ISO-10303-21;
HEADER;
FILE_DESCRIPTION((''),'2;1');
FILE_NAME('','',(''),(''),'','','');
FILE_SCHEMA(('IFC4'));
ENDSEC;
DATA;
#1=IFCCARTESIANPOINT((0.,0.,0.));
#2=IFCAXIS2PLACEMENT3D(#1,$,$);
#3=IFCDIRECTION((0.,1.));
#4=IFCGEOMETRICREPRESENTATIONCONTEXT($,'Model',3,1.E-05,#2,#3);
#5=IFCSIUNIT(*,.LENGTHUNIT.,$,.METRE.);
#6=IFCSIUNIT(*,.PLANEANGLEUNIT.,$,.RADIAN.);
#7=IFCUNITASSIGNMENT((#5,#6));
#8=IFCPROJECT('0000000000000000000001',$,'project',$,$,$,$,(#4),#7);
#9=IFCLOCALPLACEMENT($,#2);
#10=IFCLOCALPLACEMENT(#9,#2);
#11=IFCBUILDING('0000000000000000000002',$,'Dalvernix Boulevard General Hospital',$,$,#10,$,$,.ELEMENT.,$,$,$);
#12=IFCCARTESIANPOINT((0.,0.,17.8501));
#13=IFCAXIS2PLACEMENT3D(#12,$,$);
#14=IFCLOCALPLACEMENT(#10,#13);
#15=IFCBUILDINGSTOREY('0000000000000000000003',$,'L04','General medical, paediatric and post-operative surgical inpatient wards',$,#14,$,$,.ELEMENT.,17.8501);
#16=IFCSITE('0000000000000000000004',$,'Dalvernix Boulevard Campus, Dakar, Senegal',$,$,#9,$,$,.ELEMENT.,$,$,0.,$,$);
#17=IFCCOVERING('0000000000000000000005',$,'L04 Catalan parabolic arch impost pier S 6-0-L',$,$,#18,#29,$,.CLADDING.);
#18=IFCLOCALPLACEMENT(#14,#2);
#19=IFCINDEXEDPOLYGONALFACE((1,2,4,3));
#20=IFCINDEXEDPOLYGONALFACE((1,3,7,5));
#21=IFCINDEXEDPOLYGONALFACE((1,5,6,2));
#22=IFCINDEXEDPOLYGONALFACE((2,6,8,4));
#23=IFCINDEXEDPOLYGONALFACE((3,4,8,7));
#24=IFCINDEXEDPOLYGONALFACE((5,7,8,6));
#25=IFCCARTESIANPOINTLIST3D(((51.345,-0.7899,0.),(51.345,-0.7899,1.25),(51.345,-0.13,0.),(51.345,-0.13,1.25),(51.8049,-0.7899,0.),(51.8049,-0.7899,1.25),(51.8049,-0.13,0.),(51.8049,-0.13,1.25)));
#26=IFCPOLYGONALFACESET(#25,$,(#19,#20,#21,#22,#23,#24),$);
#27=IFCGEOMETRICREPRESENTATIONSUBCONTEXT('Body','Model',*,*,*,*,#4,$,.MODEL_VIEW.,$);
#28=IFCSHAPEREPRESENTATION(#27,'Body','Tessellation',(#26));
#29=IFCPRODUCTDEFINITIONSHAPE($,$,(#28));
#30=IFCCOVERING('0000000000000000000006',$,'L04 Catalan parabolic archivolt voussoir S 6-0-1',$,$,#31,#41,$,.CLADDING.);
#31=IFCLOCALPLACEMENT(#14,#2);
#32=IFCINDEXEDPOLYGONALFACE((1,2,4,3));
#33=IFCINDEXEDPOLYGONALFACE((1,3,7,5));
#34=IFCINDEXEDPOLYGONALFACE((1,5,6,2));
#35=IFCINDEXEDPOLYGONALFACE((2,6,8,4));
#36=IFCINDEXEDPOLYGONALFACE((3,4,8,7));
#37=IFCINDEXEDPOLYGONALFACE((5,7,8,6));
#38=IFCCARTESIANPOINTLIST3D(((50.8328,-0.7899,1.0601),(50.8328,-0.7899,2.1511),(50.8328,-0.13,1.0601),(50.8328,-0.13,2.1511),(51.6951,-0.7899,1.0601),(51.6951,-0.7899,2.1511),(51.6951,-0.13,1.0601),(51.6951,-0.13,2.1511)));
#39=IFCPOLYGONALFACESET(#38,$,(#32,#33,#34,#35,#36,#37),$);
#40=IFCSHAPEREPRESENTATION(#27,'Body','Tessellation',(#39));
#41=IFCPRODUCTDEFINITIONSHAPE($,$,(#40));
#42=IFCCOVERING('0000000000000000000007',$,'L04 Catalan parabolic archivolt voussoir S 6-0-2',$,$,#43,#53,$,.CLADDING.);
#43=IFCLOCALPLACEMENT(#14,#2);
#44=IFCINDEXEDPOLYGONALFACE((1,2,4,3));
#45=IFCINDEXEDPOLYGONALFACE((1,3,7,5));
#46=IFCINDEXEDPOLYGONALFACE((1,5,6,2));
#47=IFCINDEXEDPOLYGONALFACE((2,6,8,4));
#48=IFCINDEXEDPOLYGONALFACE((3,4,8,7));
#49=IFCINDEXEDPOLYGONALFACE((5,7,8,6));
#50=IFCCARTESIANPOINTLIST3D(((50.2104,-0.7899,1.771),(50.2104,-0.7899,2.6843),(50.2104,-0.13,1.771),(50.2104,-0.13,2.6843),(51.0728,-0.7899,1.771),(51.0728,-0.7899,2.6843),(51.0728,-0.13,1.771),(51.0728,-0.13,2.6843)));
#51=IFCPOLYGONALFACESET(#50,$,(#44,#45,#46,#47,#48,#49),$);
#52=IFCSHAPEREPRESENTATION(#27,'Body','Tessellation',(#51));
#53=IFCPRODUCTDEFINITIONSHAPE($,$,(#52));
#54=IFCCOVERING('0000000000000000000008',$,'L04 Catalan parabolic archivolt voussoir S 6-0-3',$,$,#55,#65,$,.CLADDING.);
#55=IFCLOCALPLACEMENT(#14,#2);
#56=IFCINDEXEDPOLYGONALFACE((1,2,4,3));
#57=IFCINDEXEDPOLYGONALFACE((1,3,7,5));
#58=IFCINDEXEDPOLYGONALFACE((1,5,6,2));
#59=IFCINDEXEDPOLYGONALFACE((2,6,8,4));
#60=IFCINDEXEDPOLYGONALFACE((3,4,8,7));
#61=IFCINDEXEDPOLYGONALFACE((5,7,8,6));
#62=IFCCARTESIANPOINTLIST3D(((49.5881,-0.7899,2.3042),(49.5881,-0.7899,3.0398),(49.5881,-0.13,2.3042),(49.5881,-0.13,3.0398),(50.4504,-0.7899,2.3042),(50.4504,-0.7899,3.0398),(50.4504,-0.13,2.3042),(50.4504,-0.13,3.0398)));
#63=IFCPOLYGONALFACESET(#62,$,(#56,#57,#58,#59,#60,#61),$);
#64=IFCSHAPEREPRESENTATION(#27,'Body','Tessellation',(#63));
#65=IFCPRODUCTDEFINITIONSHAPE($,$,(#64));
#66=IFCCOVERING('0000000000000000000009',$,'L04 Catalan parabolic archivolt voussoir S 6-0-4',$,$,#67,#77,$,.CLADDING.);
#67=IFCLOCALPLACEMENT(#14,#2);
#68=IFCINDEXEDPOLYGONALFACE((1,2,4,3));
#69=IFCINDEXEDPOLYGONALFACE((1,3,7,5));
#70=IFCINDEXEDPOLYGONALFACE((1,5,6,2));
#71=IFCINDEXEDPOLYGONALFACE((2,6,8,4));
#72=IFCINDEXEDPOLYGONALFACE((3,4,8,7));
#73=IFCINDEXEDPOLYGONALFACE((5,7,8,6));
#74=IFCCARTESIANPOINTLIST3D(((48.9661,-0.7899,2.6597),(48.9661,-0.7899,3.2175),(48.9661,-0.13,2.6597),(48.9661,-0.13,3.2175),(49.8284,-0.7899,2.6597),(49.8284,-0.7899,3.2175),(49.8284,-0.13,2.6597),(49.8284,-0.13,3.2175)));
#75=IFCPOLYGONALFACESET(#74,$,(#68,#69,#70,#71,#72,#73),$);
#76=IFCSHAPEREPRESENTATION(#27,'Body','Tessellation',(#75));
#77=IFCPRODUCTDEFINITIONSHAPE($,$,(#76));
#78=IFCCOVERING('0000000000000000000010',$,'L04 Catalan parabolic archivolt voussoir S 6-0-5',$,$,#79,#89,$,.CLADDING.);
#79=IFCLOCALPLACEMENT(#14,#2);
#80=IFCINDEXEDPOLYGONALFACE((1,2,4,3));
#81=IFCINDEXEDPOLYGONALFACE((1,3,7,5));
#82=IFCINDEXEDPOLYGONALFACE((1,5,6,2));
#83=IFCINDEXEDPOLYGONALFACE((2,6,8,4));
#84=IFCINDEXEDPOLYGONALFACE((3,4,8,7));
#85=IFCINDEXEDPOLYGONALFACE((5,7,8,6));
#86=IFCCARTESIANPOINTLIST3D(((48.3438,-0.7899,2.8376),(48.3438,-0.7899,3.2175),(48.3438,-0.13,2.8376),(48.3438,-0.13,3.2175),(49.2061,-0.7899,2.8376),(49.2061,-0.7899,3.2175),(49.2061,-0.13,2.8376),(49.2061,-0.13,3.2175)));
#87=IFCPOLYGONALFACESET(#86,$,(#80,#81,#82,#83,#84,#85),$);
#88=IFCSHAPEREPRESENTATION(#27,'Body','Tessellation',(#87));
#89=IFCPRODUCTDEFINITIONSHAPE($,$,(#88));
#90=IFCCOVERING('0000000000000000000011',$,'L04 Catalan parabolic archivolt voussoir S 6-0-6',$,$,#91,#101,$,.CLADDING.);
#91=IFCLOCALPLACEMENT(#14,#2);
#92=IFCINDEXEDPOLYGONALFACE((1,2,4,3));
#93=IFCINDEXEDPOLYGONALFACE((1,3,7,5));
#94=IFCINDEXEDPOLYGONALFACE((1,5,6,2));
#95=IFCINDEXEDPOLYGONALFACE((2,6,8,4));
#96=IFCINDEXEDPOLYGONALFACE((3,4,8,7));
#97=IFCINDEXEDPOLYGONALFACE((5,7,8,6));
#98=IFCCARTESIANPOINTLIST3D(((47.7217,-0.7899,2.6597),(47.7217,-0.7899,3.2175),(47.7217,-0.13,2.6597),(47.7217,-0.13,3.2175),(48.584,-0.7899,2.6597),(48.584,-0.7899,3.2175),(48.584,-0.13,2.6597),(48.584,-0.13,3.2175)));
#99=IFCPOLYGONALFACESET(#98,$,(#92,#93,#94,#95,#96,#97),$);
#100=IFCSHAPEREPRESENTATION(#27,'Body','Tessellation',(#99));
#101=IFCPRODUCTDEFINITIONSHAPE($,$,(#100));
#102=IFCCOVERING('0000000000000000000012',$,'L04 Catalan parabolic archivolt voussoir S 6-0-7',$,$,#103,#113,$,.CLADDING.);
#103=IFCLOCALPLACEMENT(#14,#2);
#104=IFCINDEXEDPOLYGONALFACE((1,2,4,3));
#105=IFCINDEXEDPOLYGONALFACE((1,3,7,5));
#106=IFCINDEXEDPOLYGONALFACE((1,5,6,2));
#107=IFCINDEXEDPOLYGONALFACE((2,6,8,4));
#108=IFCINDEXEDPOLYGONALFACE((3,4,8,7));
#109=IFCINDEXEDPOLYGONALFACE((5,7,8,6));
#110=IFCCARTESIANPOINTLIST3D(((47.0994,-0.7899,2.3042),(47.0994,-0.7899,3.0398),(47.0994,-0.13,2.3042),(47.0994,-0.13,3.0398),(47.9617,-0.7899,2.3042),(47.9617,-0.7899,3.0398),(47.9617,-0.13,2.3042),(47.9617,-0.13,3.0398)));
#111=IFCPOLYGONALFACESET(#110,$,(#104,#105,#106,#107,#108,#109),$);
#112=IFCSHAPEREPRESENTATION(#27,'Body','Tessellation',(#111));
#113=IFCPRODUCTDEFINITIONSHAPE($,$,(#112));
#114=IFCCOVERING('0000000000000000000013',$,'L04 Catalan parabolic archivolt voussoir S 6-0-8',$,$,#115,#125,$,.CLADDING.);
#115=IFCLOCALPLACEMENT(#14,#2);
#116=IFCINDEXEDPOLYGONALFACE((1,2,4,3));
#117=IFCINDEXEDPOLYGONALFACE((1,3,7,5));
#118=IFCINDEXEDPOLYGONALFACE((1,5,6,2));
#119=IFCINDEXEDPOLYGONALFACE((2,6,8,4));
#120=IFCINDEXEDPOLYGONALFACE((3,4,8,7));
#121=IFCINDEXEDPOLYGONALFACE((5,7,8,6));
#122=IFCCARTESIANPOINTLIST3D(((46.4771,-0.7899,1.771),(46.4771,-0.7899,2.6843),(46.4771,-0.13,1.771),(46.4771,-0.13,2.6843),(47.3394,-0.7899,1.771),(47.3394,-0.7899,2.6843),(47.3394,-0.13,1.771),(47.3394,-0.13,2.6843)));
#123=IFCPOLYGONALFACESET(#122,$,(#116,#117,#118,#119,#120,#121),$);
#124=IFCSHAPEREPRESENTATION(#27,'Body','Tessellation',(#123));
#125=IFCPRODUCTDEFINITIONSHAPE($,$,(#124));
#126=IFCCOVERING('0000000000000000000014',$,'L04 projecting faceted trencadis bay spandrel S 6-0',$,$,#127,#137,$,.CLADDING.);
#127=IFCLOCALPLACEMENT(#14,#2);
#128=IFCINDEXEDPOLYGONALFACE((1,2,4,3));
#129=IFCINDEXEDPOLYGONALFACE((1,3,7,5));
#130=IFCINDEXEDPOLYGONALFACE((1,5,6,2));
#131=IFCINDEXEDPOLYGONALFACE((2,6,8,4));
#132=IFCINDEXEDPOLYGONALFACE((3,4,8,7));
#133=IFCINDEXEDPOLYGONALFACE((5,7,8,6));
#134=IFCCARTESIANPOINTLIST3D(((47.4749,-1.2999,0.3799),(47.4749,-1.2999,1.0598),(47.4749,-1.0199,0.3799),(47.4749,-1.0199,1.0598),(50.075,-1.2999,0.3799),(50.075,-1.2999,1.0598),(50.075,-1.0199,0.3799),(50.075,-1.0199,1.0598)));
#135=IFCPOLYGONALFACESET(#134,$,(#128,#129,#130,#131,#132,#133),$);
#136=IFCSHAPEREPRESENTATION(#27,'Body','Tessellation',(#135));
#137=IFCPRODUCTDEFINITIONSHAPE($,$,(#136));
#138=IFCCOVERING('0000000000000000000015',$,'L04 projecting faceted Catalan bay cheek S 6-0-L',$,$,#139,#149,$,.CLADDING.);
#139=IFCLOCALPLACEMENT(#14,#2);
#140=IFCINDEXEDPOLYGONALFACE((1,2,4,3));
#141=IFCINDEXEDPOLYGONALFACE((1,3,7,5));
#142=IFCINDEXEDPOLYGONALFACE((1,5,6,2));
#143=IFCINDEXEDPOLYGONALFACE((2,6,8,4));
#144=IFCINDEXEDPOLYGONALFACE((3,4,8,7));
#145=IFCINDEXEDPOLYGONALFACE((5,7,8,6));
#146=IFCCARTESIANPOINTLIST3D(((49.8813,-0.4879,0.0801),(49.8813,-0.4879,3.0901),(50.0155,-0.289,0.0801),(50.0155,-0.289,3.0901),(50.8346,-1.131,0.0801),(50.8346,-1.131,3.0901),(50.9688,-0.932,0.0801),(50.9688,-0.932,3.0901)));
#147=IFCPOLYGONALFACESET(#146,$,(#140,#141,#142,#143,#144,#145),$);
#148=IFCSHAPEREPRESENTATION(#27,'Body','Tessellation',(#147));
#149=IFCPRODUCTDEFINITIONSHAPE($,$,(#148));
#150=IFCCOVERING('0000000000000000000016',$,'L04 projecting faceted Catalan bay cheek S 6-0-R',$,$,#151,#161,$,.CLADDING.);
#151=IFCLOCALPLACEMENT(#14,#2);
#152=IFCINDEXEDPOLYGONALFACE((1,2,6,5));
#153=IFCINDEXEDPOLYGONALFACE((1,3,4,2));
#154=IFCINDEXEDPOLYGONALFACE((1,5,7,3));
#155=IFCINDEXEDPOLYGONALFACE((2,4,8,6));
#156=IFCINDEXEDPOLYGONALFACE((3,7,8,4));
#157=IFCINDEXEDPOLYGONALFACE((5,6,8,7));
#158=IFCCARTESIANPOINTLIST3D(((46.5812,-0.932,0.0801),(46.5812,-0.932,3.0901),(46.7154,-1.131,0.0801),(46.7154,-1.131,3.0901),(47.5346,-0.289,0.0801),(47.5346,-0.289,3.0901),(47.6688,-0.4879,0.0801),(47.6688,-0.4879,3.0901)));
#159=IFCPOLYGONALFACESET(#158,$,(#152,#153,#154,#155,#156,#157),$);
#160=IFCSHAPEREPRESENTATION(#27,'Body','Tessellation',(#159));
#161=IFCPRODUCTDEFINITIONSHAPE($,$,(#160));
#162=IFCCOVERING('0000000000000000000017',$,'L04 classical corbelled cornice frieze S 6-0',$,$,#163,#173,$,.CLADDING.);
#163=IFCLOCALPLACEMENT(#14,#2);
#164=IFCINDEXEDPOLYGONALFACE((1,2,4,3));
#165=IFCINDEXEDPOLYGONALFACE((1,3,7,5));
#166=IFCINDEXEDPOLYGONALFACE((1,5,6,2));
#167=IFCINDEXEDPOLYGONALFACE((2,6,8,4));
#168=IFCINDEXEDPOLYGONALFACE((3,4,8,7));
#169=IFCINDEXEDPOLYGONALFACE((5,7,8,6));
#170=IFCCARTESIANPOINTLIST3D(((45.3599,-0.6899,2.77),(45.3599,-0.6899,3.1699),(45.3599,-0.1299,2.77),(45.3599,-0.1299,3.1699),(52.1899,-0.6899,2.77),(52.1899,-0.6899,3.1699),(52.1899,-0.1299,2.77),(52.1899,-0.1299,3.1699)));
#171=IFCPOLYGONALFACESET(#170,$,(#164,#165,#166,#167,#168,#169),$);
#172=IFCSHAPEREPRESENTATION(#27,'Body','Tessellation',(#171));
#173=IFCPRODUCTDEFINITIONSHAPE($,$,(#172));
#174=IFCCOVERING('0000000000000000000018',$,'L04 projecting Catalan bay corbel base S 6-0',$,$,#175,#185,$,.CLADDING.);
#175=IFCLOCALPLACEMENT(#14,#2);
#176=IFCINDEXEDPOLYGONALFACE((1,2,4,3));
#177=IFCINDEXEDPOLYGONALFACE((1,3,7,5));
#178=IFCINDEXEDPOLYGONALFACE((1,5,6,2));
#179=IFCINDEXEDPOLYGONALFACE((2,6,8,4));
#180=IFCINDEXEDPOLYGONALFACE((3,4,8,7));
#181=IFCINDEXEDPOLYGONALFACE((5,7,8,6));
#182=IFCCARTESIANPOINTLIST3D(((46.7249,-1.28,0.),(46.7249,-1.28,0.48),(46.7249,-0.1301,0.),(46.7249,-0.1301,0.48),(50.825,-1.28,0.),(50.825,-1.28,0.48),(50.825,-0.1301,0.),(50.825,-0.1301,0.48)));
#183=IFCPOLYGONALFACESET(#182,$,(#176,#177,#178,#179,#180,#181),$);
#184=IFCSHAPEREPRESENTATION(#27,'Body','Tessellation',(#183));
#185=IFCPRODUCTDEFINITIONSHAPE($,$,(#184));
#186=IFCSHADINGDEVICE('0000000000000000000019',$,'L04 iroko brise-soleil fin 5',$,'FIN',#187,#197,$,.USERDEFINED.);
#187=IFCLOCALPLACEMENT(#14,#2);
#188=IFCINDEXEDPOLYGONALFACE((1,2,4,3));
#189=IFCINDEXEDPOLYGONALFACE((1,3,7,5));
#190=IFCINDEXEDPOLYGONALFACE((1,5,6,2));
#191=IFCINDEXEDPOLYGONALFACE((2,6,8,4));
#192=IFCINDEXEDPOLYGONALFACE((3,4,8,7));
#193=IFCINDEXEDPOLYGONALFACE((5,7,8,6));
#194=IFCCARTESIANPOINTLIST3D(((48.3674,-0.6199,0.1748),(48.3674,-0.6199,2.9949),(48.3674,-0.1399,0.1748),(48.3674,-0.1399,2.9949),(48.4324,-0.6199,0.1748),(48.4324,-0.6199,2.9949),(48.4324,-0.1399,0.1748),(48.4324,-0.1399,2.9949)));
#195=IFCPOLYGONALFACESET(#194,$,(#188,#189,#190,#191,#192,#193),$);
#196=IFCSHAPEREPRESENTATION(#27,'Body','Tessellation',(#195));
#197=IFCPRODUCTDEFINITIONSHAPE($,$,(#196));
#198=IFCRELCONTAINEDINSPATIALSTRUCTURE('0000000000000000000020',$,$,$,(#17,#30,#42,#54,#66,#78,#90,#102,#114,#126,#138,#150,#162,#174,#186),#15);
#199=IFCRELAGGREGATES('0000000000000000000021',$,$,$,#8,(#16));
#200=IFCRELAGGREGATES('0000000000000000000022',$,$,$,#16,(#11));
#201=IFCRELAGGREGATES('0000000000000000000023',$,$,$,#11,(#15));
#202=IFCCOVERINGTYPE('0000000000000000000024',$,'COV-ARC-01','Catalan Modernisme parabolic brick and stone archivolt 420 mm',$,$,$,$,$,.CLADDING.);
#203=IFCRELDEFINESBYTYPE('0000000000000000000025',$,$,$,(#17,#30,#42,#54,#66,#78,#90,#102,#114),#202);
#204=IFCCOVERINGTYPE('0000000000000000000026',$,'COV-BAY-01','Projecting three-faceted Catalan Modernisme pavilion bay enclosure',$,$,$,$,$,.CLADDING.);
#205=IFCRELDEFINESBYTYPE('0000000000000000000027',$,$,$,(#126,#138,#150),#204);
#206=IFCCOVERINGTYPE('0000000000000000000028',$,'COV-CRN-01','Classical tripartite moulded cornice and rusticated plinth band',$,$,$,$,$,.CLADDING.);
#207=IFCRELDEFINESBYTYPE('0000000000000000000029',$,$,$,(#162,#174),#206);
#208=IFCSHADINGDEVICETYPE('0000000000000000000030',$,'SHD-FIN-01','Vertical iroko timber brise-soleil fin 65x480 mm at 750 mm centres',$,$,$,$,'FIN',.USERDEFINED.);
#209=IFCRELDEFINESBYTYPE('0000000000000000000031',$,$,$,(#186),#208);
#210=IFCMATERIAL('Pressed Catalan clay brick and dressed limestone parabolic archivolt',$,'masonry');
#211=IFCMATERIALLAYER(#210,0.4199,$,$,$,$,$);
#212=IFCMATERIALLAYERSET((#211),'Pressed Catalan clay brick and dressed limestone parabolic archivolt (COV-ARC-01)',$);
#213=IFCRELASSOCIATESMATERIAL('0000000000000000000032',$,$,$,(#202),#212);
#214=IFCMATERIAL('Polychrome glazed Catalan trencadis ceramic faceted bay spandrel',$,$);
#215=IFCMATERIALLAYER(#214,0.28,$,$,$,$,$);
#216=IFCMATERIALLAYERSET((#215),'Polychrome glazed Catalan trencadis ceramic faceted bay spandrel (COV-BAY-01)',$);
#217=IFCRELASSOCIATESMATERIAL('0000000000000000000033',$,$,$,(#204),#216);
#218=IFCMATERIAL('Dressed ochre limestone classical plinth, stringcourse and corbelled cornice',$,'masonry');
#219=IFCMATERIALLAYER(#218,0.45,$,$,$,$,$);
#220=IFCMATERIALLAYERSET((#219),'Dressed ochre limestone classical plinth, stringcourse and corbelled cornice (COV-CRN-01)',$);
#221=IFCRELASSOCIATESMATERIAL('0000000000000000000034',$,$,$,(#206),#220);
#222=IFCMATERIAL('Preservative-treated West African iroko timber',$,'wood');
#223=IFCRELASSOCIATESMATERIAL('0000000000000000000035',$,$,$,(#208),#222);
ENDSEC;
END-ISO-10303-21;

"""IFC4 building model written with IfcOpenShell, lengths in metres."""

from ifc_helpers import new_model, si_unit, direction, frame, origin, origin_2d, place, context, subcontext, project, spatial, rectangle, extrude, material, layer, layer_set, type_object, element, save


model = new_model("IFC4")

# Units and contexts
model_context = context("Model", 3, precision=1e-05, world=origin(), true_north=direction((0.0, 1.0)))
body_context = subcontext(model_context, "Body", "Model", "MODEL_VIEW")
ifc_project = project(units=[si_unit("LENGTHUNIT", "METRE"), si_unit("PLANEANGLEUNIT", "RADIAN")], contexts=[model_context])

# Site, building, storey
site_placement = place(None, origin())
site = spatial("IfcSite", under=ifc_project, at=site_placement, Name="Dalvernix Boulevard Campus, Dakar, Senegal", CompositionType="ELEMENT", RefElevation=0.0)
building_placement = place(site_placement, origin())
building = spatial("IfcBuilding", under=site, at=building_placement, Name="Dalvernix Boulevard General Hospital", CompositionType="ELEMENT")
storey_placement = place(building_placement, frame((0.0, 0.0, 17.8501)))
storey = spatial("IfcBuildingStorey", under=building, at=storey_placement, Name="L04", Description="General medical, paediatric and post-operative surgical inpatient wards", CompositionType="ELEMENT", Elevation=17.8501)

# Coverings
ifc_material_1 = material(Name="Pressed Catalan clay brick and dressed limestone parabolic archivolt", Category="masonry")
ifc_layer_1 = layer(ifc_material_1, 0.4199)
ifc_layer_set_1 = layer_set([ifc_layer_1], Name="Pressed Catalan clay brick and dressed limestone parabolic archivolt (COV-ARC-01)")
covering_type_1 = type_object("IfcCoveringType", Name="COV-ARC-01", Description="Catalan Modernisme parabolic brick and stone archivolt 420 mm", PredefinedType="CLADDING", material=ifc_layer_set_1)
covering_1_placement = place(storey_placement, frame((51.575, -0.46, 0.0), z_axis=(0.0, 0.0, 1.0), x_axis=(-1.0, 0.0, 0.0)))
element("IfcCovering", 1, at=covering_1_placement, inside=storey, type_object=covering_type_1, Name="L04 Catalan parabolic arch impost pier S 6-0-L", PredefinedType="CLADDING", context=body_context, shape_type="SweptSolid", body=[
    extrude(rectangle(XDim=0.46, YDim=0.6599, at=origin_2d()), origin(), (0.0, 0.0, 1.0), 1.25),
])
covering_2_placement = place(storey_placement, frame((51.2639, -0.46, 1.0601), z_axis=(0.0, 0.0, 1.0), x_axis=(-1.0, 0.0, 0.0)))
element("IfcCovering", 2, at=covering_2_placement, inside=storey, type_object=covering_type_1, Name="L04 Catalan parabolic archivolt voussoir S 6-0-1", PredefinedType="CLADDING", context=body_context, shape_type="SweptSolid", body=[
    extrude(rectangle(XDim=0.8623, YDim=0.6599, at=origin_2d()), origin(), (0.0, 0.0, 1.0), 1.0911),
])
covering_3_placement = place(storey_placement, frame((50.6416, -0.46, 1.771), z_axis=(0.0, 0.0, 1.0), x_axis=(-1.0, 0.0, 0.0)))
element("IfcCovering", 3, at=covering_3_placement, inside=storey, type_object=covering_type_1, Name="L04 Catalan parabolic archivolt voussoir S 6-0-2", PredefinedType="CLADDING", context=body_context, shape_type="SweptSolid", body=[
    extrude(rectangle(XDim=0.8623, YDim=0.6599, at=origin_2d()), origin(), (0.0, 0.0, 1.0), 0.9133),
])
covering_4_placement = place(storey_placement, frame((50.0193, -0.46, 2.3042), z_axis=(0.0, 0.0, 1.0), x_axis=(-1.0, 0.0, 0.0)))
element("IfcCovering", 4, at=covering_4_placement, inside=storey, type_object=covering_type_1, Name="L04 Catalan parabolic archivolt voussoir S 6-0-3", PredefinedType="CLADDING", context=body_context, shape_type="SweptSolid", body=[
    extrude(rectangle(XDim=0.8623, YDim=0.6599, at=origin_2d()), origin(), (0.0, 0.0, 1.0), 0.7356),
])
covering_5_placement = place(storey_placement, frame((49.3972, -0.46, 2.6597), z_axis=(0.0, 0.0, 1.0), x_axis=(-1.0, 0.0, 0.0)))
element("IfcCovering", 5, at=covering_5_placement, inside=storey, type_object=covering_type_1, Name="L04 Catalan parabolic archivolt voussoir S 6-0-4", PredefinedType="CLADDING", context=body_context, shape_type="SweptSolid", body=[
    extrude(rectangle(XDim=0.8623, YDim=0.6599, at=origin_2d()), origin(), (0.0, 0.0, 1.0), 0.5579),
])
covering_6_placement = place(storey_placement, frame((48.7749, -0.46, 2.8376), z_axis=(0.0, 0.0, 1.0), x_axis=(-1.0, 0.0, 0.0)))
element("IfcCovering", 6, at=covering_6_placement, inside=storey, type_object=covering_type_1, Name="L04 Catalan parabolic archivolt voussoir S 6-0-5", PredefinedType="CLADDING", context=body_context, shape_type="SweptSolid", body=[
    extrude(rectangle(XDim=0.8623, YDim=0.6599, at=origin_2d()), origin(), (0.0, 0.0, 1.0), 0.3799),
])
covering_7_placement = place(storey_placement, frame((48.1528, -0.46, 2.6597), z_axis=(0.0, 0.0, 1.0), x_axis=(-1.0, 0.0, 0.0)))
element("IfcCovering", 7, at=covering_7_placement, inside=storey, type_object=covering_type_1, Name="L04 Catalan parabolic archivolt voussoir S 6-0-6", PredefinedType="CLADDING", context=body_context, shape_type="SweptSolid", body=[
    extrude(rectangle(XDim=0.8623, YDim=0.6599, at=origin_2d()), origin(), (0.0, 0.0, 1.0), 0.5579),
])
covering_8_placement = place(storey_placement, frame((47.5305, -0.46, 2.3042), z_axis=(0.0, 0.0, 1.0), x_axis=(-1.0, 0.0, 0.0)))
element("IfcCovering", 8, at=covering_8_placement, inside=storey, type_object=covering_type_1, Name="L04 Catalan parabolic archivolt voussoir S 6-0-7", PredefinedType="CLADDING", context=body_context, shape_type="SweptSolid", body=[
    extrude(rectangle(XDim=0.8623, YDim=0.6599, at=origin_2d()), origin(), (0.0, 0.0, 1.0), 0.7356),
])
covering_9_placement = place(storey_placement, frame((46.9082, -0.46, 1.771), z_axis=(0.0, 0.0, 1.0), x_axis=(-1.0, 0.0, 0.0)))
element("IfcCovering", 9, at=covering_9_placement, inside=storey, type_object=covering_type_1, Name="L04 Catalan parabolic archivolt voussoir S 6-0-8", PredefinedType="CLADDING", context=body_context, shape_type="SweptSolid", body=[
    extrude(rectangle(XDim=0.8623, YDim=0.6599, at=origin_2d()), origin(), (0.0, 0.0, 1.0), 0.9133),
])
ifc_material_2 = material(Name="Polychrome glazed Catalan trencadis ceramic faceted bay spandrel")
ifc_layer_2 = layer(ifc_material_2, 0.28)
ifc_layer_set_2 = layer_set([ifc_layer_2], Name="Polychrome glazed Catalan trencadis ceramic faceted bay spandrel (COV-BAY-01)")
covering_type_2 = type_object("IfcCoveringType", Name="COV-BAY-01", Description="Projecting three-faceted Catalan Modernisme pavilion bay enclosure", PredefinedType="CLADDING", material=ifc_layer_set_2)
covering_10_placement = place(storey_placement, frame((48.7749, -1.1599, 0.3799), z_axis=(0.0, 0.0, 1.0), x_axis=(-1.0, 0.0, 0.0)))
element("IfcCovering", 10, at=covering_10_placement, inside=storey, type_object=covering_type_2, Name="L04 projecting faceted trencadis bay spandrel S 6-0", PredefinedType="CLADDING", context=body_context, shape_type="SweptSolid", body=[
    extrude(rectangle(XDim=2.6001, YDim=0.28, at=origin_2d()), origin(), (0.0, 0.0, 1.0), 0.6799),
])
for number, where, z_axis, x_axis, name in (
    (11, (50.425, -0.71, 0.0801), (0.0, 0.0, 1.0), (-0.829038, 0.559193, 0.0), "L04 projecting faceted Catalan bay cheek S 6-0-L"),
    (12, (47.125, -0.71, 0.0801), (0.0, 0.0, 1.0), (-0.829038, -0.559193, 0.0), "L04 projecting faceted Catalan bay cheek S 6-0-R"),
):
    element("IfcCovering", number, at=place(storey_placement, frame(where, z_axis=z_axis, x_axis=x_axis)), inside=storey, type_object=covering_type_2, Name=name, PredefinedType="CLADDING", context=body_context, shape_type="SweptSolid", body=[
        extrude(rectangle(XDim=1.1499, YDim=0.24, at=origin_2d()), origin(), (0.0, 0.0, 1.0), 3.01),
    ])
ifc_material_3 = material(Name="Dressed ochre limestone classical plinth, stringcourse and corbelled cornice", Category="masonry")
ifc_layer_3 = layer(ifc_material_3, 0.45)
ifc_layer_set_3 = layer_set([ifc_layer_3], Name="Dressed ochre limestone classical plinth, stringcourse and corbelled cornice (COV-CRN-01)")
covering_type_3 = type_object("IfcCoveringType", Name="COV-CRN-01", Description="Classical tripartite moulded cornice and rusticated plinth band", PredefinedType="CLADDING", material=ifc_layer_set_3)
covering_11_placement = place(storey_placement, frame((48.7749, -0.4099, 2.77), z_axis=(0.0, 0.0, 1.0), x_axis=(-1.0, 0.0, 0.0)))
element("IfcCovering", 13, at=covering_11_placement, inside=storey, type_object=covering_type_3, Name="L04 classical corbelled cornice frieze S 6-0", PredefinedType="CLADDING", context=body_context, shape_type="SweptSolid", body=[
    extrude(rectangle(XDim=6.8301, YDim=0.5601, at=origin_2d()), origin(), (0.0, 0.0, 1.0), 0.3999),
])
covering_12_placement = place(storey_placement, frame((48.7749, -0.7051, 0.0), z_axis=(0.0, 0.0, 1.0), x_axis=(-1.0, 0.0, 0.0)))
element("IfcCovering", 14, at=covering_12_placement, inside=storey, type_object=covering_type_3, Name="L04 projecting Catalan bay corbel base S 6-0", PredefinedType="CLADDING", context=body_context, shape_type="SweptSolid", body=[
    extrude(rectangle(XDim=4.1001, YDim=1.1499, at=origin_2d()), origin(), (0.0, 0.0, 1.0), 0.48),
])

# Shading device
ifc_material_4 = material(Name="Preservative-treated West African iroko timber", Category="wood")
shading_device_type = type_object("IfcShadingDeviceType", Name="SHD-FIN-01", Description="Vertical iroko timber brise-soleil fin 65x480 mm at 750 mm centres", ElementType="FIN", PredefinedType="USERDEFINED", material=ifc_material_4)
for number, where, z_axis, x_axis, name in (
    (15, (48.3999, -0.3799, 0.1748), (0.0, 0.0, 1.0), (-1.0, 0.0, 0.0), "L04 iroko brise-soleil fin 5"),
):
    element("IfcShadingDevice", number, at=place(storey_placement, frame(where, z_axis=z_axis, x_axis=x_axis)), inside=storey, type_object=shading_device_type, Name=name, ObjectType="FIN", PredefinedType="USERDEFINED", context=body_context, shape_type="SweptSolid", body=[
        extrude(rectangle(XDim=0.0649, YDim=0.48, at=origin_2d()), origin(), (0.0, 0.0, 1.0), 2.8201),
    ])

save(model, "model.ifc")
